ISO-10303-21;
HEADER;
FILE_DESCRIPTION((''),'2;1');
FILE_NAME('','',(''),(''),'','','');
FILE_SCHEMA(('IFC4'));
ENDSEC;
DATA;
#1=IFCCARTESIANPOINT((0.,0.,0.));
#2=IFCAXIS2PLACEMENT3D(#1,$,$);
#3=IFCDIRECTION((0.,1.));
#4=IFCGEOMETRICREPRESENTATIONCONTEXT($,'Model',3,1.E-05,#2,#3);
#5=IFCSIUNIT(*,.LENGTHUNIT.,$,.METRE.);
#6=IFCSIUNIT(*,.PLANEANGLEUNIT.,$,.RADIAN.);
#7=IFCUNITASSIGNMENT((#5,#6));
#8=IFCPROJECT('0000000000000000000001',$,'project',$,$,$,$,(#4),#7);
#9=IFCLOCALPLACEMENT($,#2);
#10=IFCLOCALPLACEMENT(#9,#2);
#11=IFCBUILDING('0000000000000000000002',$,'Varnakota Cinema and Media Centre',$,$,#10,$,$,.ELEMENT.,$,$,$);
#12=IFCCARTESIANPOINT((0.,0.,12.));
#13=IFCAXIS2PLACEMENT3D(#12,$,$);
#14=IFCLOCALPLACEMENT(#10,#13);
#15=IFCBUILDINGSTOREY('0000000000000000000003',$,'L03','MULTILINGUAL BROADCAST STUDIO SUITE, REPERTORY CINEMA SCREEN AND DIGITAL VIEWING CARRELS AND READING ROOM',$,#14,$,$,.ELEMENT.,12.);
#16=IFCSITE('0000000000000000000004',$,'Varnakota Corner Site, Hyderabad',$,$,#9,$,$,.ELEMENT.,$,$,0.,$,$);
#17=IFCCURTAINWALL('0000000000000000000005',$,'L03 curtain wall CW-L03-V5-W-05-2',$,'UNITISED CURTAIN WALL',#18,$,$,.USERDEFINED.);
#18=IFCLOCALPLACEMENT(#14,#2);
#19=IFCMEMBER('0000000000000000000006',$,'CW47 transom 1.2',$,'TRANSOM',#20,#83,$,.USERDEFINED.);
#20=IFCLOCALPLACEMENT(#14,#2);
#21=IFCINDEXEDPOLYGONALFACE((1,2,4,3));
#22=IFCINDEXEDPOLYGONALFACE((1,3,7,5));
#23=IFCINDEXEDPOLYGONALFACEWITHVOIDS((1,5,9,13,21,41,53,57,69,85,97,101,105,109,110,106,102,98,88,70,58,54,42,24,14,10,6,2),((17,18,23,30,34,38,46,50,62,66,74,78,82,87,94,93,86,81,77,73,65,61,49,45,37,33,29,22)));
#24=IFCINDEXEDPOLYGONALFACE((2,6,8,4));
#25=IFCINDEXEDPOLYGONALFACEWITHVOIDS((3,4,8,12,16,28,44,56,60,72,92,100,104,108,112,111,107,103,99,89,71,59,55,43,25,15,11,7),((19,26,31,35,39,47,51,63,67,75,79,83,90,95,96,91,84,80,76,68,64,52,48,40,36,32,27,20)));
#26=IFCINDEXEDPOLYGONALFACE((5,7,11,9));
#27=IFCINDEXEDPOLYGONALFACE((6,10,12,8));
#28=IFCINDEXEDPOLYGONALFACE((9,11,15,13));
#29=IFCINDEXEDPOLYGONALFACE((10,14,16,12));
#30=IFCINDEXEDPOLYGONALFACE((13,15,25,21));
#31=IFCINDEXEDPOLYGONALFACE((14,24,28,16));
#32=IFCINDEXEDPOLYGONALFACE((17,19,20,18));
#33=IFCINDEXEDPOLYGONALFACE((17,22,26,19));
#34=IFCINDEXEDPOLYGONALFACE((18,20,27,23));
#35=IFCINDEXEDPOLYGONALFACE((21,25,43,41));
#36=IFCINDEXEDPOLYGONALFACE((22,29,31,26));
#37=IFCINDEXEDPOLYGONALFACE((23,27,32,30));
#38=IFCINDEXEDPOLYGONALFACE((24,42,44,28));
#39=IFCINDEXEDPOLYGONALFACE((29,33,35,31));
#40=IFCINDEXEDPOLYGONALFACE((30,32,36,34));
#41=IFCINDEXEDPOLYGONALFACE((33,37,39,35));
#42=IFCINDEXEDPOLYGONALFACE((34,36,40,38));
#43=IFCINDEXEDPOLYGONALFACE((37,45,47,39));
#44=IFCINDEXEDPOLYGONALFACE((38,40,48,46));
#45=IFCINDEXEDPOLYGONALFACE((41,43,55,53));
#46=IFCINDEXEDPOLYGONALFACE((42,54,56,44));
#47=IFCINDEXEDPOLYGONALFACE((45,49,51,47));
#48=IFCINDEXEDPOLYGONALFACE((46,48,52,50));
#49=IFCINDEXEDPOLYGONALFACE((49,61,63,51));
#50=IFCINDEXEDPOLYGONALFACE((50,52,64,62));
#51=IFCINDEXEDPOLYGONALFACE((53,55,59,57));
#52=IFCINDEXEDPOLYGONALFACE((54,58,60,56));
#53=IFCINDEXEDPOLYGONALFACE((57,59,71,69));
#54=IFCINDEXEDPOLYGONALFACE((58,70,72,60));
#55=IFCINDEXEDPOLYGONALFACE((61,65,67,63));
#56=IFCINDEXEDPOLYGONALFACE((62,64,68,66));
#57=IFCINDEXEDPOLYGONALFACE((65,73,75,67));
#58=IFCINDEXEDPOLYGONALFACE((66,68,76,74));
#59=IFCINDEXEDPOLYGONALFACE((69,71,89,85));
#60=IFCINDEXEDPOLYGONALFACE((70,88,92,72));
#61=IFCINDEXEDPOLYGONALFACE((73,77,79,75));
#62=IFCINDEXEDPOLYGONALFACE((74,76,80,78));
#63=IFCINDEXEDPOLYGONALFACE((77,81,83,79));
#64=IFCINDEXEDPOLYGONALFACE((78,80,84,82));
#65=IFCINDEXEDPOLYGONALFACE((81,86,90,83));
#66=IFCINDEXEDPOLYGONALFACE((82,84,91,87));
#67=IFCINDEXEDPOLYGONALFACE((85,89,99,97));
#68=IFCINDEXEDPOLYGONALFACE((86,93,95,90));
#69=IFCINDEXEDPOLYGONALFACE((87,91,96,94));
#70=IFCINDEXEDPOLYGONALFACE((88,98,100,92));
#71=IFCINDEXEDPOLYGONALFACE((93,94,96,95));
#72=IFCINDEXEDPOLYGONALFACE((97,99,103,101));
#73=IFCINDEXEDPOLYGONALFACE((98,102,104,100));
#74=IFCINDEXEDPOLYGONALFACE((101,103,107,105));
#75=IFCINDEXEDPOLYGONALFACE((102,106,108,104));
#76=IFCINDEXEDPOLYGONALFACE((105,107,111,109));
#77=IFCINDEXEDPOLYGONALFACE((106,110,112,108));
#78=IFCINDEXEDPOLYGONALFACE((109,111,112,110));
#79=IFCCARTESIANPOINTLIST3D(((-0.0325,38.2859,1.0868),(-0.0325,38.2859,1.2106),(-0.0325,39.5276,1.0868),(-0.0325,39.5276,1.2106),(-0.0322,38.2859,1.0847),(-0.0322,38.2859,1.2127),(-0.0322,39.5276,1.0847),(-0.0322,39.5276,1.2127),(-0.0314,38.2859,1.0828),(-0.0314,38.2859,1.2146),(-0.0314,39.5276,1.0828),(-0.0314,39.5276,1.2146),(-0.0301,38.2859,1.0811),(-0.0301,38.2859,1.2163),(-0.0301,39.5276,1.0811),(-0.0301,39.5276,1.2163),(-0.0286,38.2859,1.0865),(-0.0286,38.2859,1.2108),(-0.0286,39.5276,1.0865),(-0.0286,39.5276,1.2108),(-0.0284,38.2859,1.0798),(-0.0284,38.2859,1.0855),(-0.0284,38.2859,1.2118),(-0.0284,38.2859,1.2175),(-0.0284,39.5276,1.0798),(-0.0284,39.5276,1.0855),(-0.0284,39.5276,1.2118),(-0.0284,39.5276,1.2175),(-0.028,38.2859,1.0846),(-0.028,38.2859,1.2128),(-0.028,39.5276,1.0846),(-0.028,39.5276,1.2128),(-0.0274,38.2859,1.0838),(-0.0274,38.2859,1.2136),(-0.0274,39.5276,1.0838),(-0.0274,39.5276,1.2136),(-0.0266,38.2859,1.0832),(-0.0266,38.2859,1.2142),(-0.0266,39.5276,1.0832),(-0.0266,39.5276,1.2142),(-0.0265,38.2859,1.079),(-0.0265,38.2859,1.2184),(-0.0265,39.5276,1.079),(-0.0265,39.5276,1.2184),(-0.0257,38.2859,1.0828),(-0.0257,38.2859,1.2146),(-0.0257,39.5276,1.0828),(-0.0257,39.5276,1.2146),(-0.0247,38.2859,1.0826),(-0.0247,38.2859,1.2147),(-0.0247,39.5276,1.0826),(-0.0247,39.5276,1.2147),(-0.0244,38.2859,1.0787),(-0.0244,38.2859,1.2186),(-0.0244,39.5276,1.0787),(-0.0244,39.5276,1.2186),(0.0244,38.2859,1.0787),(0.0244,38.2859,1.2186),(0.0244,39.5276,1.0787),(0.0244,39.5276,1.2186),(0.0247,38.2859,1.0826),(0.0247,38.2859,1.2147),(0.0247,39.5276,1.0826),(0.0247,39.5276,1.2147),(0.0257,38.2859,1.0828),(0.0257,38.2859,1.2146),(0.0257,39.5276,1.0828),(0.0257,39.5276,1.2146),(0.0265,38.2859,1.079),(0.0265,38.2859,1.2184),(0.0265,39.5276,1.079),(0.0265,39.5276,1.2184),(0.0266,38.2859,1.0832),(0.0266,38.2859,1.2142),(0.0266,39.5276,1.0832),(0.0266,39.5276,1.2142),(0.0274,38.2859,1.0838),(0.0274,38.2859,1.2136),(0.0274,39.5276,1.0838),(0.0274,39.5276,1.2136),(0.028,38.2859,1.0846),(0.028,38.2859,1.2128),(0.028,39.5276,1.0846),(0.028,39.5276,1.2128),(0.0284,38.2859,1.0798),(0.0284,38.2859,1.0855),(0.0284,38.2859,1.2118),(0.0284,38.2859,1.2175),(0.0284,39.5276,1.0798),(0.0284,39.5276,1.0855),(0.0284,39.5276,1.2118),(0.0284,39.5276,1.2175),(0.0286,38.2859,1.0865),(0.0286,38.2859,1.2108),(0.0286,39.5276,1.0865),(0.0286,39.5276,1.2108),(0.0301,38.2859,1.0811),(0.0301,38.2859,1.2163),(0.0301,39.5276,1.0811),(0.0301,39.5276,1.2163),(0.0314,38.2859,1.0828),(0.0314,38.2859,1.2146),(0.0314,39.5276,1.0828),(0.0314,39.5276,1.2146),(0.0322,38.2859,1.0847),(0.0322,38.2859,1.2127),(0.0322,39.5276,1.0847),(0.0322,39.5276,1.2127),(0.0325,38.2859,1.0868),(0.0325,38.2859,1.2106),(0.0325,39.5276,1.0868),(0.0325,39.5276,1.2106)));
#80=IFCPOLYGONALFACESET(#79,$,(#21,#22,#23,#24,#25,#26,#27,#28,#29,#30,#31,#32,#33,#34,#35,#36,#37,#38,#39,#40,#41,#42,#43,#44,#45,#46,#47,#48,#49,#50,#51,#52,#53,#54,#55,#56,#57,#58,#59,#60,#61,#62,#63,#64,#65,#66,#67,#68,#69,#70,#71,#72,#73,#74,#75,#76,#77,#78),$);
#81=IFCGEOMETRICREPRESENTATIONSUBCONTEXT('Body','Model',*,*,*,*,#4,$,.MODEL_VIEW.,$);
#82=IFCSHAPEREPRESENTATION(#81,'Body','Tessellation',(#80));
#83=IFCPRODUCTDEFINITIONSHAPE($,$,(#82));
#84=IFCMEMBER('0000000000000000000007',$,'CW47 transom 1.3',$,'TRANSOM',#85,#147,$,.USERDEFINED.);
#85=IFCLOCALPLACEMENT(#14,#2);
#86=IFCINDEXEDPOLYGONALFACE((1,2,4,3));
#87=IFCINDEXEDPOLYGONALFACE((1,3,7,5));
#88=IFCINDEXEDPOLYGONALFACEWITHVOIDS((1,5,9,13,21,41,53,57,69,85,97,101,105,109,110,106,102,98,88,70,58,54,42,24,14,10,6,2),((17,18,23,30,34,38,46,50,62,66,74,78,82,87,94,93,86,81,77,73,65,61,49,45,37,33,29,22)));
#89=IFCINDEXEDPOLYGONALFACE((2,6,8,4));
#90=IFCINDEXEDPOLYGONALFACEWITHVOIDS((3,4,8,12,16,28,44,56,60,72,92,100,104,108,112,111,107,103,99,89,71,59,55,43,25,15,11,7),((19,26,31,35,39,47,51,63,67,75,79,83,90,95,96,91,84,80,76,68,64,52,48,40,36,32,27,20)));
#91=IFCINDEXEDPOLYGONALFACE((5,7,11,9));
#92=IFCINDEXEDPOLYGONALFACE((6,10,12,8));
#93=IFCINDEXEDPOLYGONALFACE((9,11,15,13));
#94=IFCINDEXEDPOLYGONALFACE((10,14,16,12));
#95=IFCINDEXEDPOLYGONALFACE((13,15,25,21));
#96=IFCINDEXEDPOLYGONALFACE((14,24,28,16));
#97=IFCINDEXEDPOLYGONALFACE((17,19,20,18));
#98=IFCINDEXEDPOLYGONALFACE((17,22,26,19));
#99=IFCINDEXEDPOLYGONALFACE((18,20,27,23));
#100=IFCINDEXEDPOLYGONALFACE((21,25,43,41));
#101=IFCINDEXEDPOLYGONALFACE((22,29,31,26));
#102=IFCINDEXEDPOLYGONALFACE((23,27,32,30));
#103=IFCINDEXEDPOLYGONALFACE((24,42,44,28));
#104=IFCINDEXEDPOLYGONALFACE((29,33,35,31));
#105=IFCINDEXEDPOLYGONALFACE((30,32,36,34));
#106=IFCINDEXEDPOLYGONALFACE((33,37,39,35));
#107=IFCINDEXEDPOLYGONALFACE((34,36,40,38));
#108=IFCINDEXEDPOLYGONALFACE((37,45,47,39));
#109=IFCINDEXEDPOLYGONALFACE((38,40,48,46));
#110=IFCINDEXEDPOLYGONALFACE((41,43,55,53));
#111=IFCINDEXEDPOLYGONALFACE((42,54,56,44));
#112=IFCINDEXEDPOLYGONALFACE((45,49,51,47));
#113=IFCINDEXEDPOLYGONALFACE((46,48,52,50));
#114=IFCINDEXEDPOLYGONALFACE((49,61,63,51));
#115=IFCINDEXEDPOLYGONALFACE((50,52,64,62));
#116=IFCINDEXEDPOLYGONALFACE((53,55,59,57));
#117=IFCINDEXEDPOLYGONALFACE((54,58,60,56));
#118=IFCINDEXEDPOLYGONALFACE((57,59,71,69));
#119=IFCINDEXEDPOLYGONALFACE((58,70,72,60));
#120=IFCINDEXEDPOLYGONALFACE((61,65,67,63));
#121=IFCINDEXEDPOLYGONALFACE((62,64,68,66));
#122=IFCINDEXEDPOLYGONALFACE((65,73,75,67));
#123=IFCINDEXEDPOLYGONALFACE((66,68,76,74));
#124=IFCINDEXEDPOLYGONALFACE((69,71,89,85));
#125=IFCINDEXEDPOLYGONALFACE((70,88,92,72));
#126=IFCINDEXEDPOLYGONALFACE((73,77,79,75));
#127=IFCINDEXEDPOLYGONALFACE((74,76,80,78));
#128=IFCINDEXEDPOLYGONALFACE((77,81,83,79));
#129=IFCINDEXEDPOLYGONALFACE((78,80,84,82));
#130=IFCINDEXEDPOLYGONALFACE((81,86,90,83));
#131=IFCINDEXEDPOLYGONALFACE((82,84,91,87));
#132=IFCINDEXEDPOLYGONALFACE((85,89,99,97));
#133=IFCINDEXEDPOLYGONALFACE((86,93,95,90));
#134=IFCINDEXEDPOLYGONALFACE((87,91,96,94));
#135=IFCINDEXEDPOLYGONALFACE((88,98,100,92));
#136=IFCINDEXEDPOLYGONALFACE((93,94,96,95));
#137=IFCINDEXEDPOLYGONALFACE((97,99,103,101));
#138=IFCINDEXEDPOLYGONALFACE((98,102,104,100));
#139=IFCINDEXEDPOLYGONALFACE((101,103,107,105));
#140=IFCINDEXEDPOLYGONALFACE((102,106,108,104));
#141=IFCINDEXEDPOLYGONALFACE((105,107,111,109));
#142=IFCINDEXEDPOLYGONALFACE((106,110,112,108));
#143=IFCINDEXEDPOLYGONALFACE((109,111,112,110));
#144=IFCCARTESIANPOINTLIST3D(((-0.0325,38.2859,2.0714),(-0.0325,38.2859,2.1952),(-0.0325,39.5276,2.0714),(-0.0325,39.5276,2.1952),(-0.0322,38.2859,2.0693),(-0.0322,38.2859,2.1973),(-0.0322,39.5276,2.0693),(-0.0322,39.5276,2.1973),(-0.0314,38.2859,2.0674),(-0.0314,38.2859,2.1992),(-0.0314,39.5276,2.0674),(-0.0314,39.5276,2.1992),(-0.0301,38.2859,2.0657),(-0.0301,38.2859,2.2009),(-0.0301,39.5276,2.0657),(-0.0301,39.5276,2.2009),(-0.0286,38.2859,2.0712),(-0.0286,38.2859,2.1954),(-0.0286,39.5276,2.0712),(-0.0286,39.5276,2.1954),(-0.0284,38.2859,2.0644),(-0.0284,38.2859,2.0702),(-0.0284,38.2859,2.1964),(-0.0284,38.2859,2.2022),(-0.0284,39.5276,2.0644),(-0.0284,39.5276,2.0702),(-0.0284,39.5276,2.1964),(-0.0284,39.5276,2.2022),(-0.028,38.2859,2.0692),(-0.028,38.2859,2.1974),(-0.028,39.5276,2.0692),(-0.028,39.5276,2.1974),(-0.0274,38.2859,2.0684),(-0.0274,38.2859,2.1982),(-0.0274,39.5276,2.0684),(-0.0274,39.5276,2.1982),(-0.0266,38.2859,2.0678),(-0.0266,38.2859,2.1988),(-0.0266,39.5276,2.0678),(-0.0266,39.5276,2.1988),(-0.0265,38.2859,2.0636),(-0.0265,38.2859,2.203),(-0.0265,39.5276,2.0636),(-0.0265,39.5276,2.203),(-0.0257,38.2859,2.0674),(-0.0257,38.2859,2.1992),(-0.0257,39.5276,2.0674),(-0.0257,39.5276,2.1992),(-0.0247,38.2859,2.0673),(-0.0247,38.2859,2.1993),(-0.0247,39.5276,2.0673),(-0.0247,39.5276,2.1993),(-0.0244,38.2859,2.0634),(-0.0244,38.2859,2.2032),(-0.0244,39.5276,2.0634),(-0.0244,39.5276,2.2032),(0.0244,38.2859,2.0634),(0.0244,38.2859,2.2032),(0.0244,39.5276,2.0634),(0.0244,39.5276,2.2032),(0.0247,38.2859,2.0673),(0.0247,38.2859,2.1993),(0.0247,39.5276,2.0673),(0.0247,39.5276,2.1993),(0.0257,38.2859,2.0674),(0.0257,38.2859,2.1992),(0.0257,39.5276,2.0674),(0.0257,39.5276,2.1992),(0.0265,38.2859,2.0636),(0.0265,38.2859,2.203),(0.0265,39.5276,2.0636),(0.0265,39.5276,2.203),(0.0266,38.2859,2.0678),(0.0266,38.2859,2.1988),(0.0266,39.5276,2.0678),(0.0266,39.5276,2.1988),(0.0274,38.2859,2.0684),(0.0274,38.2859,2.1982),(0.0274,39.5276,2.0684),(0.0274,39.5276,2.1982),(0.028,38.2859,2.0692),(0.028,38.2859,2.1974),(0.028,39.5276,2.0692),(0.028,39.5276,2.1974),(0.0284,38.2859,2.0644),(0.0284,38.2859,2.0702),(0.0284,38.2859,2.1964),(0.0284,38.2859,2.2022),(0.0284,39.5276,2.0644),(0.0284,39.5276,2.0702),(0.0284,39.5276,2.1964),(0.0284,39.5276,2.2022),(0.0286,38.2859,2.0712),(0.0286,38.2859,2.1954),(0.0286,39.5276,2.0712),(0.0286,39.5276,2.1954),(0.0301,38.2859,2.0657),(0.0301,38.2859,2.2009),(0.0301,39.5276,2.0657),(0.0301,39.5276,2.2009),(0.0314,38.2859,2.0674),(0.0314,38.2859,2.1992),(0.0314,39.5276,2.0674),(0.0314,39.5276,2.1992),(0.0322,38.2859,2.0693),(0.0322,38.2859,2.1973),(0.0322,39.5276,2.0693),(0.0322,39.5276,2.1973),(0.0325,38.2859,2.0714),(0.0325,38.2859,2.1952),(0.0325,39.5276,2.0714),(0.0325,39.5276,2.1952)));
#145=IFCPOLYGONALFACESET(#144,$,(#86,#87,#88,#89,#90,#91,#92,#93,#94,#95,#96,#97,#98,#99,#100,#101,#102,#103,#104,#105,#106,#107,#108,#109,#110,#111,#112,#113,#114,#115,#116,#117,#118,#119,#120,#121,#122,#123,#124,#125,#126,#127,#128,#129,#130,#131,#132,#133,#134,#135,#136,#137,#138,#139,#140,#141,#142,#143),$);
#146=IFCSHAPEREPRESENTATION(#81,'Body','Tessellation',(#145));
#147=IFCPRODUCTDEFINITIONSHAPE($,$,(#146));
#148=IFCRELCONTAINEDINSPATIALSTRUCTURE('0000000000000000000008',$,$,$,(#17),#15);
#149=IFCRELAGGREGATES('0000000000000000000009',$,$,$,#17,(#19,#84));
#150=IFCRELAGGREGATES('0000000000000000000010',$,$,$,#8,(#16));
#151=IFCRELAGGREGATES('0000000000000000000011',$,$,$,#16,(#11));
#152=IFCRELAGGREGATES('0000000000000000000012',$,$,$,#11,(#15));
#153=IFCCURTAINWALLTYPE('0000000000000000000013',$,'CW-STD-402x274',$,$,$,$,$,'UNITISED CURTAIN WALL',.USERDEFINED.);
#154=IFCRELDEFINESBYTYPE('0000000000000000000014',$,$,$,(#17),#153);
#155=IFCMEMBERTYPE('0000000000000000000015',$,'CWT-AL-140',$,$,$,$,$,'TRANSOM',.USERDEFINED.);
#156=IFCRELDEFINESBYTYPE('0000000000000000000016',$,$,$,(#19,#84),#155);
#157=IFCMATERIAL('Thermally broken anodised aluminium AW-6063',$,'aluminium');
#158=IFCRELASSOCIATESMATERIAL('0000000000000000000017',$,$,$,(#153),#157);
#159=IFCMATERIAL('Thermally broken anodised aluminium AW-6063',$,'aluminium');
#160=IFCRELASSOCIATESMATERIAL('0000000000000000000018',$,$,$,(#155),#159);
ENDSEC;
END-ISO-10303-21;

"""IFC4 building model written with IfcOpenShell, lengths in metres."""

from ifc_helpers import new_model, si_unit, direction, frame, origin, origin_2d, place, context, subcontext, project, spatial, hollow_rectangle, extrude, material, material_profile, profile_set, type_object, element, aggregate, save


model = new_model("IFC4")

# Units and contexts
model_context = context("Model", 3, precision=1e-05, world=origin(), true_north=direction((0.0, 1.0)))
body_context = subcontext(model_context, "Body", "Model", "MODEL_VIEW")
ifc_project = project(units=[si_unit("LENGTHUNIT", "METRE"), si_unit("PLANEANGLEUNIT", "RADIAN")], contexts=[model_context])

# Site, building, storey
site_placement = place(None, origin())
site = spatial("IfcSite", under=ifc_project, at=site_placement, Name="Varnakota Corner Site, Hyderabad", CompositionType="ELEMENT", RefElevation=0.0)
building_placement = place(site_placement, origin())
building = spatial("IfcBuilding", under=site, at=building_placement, Name="Varnakota Cinema and Media Centre", CompositionType="ELEMENT")
storey_placement = place(building_placement, frame((0.0, 0.0, 12.0)))
storey = spatial("IfcBuildingStorey", under=building, at=storey_placement, Name="L03", Description="MULTILINGUAL BROADCAST STUDIO SUITE, REPERTORY CINEMA SCREEN AND DIGITAL VIEWING CARRELS AND READING ROOM", CompositionType="ELEMENT", Elevation=12.0)

# Curtain wall, members
ifc_material_1 = material(Name="Thermally broken anodised aluminium AW-6063", Category="aluminium")
curtain_wall_type = type_object("IfcCurtainWallType", Name="CW-STD-402x274", ElementType="UNITISED CURTAIN WALL", PredefinedType="USERDEFINED", material=ifc_material_1)
curtain_wall_placement = place(storey_placement, origin())
curtain_wall = element("IfcCurtainWall", 1, at=curtain_wall_placement, inside=storey, type_object=curtain_wall_type, Name="L03 curtain wall CW-L03-V5-W-05-2", ObjectType="UNITISED CURTAIN WALL", PredefinedType="USERDEFINED")
ifc_material_2 = material(Name="Thermally broken anodised aluminium AW-6063", Category="aluminium")
ifc_material_profile_1 = material_profile(ifc_material_2, hollow_rectangle(XDim=0.0649, YDim=0.1399, WallThickness=0.0039, InnerFilletRadius=0.0039, OuterFilletRadius=0.0081, at=origin_2d()), Name="AL-TRANSOM 140x65x4")
ifc_profile_set_1 = profile_set([ifc_material_profile_1], Name="Thermally broken anodised aluminium AW-6063")
member_type_1 = type_object("IfcMemberType", Name="CWT-AL-140", ElementType="TRANSOM", PredefinedType="USERDEFINED", material=ifc_profile_set_1)
member_1_placement = place(storey_placement, frame((0.0, 39.5276, 1.1487), z_axis=(0.0, -1.0, 0.0), x_axis=(1.0, 0.0, 0.0)))
member_1 = element("IfcMember", 2, at=member_1_placement, type_object=member_type_1, Name="CW47 transom 1.2", ObjectType="TRANSOM", PredefinedType="USERDEFINED", context=body_context, shape_type="SweptSolid", body=[
    extrude(hollow_rectangle(XDim=0.0649, YDim=0.1399, WallThickness=0.0039, InnerFilletRadius=0.0039, OuterFilletRadius=0.0081, at=origin_2d()), origin(), (0.0, 0.0, 1.0), 1.2417),
])
member_2_placement = place(storey_placement, frame((0.0, 39.5276, 2.1333), z_axis=(0.0, -1.0, 0.0), x_axis=(1.0, 0.0, 0.0)))
member_2 = element("IfcMember", 3, at=member_2_placement, type_object=member_type_1, Name="CW47 transom 1.3", ObjectType="TRANSOM", PredefinedType="USERDEFINED", context=body_context, shape_type="SweptSolid", body=[
    extrude(hollow_rectangle(XDim=0.0649, YDim=0.1399, WallThickness=0.0039, InnerFilletRadius=0.0039, OuterFilletRadius=0.0081, at=origin_2d()), origin(), (0.0, 0.0, 1.0), 1.2417),
])
aggregate(curtain_wall, [member_1, member_2])

save(model, "model.ifc")
